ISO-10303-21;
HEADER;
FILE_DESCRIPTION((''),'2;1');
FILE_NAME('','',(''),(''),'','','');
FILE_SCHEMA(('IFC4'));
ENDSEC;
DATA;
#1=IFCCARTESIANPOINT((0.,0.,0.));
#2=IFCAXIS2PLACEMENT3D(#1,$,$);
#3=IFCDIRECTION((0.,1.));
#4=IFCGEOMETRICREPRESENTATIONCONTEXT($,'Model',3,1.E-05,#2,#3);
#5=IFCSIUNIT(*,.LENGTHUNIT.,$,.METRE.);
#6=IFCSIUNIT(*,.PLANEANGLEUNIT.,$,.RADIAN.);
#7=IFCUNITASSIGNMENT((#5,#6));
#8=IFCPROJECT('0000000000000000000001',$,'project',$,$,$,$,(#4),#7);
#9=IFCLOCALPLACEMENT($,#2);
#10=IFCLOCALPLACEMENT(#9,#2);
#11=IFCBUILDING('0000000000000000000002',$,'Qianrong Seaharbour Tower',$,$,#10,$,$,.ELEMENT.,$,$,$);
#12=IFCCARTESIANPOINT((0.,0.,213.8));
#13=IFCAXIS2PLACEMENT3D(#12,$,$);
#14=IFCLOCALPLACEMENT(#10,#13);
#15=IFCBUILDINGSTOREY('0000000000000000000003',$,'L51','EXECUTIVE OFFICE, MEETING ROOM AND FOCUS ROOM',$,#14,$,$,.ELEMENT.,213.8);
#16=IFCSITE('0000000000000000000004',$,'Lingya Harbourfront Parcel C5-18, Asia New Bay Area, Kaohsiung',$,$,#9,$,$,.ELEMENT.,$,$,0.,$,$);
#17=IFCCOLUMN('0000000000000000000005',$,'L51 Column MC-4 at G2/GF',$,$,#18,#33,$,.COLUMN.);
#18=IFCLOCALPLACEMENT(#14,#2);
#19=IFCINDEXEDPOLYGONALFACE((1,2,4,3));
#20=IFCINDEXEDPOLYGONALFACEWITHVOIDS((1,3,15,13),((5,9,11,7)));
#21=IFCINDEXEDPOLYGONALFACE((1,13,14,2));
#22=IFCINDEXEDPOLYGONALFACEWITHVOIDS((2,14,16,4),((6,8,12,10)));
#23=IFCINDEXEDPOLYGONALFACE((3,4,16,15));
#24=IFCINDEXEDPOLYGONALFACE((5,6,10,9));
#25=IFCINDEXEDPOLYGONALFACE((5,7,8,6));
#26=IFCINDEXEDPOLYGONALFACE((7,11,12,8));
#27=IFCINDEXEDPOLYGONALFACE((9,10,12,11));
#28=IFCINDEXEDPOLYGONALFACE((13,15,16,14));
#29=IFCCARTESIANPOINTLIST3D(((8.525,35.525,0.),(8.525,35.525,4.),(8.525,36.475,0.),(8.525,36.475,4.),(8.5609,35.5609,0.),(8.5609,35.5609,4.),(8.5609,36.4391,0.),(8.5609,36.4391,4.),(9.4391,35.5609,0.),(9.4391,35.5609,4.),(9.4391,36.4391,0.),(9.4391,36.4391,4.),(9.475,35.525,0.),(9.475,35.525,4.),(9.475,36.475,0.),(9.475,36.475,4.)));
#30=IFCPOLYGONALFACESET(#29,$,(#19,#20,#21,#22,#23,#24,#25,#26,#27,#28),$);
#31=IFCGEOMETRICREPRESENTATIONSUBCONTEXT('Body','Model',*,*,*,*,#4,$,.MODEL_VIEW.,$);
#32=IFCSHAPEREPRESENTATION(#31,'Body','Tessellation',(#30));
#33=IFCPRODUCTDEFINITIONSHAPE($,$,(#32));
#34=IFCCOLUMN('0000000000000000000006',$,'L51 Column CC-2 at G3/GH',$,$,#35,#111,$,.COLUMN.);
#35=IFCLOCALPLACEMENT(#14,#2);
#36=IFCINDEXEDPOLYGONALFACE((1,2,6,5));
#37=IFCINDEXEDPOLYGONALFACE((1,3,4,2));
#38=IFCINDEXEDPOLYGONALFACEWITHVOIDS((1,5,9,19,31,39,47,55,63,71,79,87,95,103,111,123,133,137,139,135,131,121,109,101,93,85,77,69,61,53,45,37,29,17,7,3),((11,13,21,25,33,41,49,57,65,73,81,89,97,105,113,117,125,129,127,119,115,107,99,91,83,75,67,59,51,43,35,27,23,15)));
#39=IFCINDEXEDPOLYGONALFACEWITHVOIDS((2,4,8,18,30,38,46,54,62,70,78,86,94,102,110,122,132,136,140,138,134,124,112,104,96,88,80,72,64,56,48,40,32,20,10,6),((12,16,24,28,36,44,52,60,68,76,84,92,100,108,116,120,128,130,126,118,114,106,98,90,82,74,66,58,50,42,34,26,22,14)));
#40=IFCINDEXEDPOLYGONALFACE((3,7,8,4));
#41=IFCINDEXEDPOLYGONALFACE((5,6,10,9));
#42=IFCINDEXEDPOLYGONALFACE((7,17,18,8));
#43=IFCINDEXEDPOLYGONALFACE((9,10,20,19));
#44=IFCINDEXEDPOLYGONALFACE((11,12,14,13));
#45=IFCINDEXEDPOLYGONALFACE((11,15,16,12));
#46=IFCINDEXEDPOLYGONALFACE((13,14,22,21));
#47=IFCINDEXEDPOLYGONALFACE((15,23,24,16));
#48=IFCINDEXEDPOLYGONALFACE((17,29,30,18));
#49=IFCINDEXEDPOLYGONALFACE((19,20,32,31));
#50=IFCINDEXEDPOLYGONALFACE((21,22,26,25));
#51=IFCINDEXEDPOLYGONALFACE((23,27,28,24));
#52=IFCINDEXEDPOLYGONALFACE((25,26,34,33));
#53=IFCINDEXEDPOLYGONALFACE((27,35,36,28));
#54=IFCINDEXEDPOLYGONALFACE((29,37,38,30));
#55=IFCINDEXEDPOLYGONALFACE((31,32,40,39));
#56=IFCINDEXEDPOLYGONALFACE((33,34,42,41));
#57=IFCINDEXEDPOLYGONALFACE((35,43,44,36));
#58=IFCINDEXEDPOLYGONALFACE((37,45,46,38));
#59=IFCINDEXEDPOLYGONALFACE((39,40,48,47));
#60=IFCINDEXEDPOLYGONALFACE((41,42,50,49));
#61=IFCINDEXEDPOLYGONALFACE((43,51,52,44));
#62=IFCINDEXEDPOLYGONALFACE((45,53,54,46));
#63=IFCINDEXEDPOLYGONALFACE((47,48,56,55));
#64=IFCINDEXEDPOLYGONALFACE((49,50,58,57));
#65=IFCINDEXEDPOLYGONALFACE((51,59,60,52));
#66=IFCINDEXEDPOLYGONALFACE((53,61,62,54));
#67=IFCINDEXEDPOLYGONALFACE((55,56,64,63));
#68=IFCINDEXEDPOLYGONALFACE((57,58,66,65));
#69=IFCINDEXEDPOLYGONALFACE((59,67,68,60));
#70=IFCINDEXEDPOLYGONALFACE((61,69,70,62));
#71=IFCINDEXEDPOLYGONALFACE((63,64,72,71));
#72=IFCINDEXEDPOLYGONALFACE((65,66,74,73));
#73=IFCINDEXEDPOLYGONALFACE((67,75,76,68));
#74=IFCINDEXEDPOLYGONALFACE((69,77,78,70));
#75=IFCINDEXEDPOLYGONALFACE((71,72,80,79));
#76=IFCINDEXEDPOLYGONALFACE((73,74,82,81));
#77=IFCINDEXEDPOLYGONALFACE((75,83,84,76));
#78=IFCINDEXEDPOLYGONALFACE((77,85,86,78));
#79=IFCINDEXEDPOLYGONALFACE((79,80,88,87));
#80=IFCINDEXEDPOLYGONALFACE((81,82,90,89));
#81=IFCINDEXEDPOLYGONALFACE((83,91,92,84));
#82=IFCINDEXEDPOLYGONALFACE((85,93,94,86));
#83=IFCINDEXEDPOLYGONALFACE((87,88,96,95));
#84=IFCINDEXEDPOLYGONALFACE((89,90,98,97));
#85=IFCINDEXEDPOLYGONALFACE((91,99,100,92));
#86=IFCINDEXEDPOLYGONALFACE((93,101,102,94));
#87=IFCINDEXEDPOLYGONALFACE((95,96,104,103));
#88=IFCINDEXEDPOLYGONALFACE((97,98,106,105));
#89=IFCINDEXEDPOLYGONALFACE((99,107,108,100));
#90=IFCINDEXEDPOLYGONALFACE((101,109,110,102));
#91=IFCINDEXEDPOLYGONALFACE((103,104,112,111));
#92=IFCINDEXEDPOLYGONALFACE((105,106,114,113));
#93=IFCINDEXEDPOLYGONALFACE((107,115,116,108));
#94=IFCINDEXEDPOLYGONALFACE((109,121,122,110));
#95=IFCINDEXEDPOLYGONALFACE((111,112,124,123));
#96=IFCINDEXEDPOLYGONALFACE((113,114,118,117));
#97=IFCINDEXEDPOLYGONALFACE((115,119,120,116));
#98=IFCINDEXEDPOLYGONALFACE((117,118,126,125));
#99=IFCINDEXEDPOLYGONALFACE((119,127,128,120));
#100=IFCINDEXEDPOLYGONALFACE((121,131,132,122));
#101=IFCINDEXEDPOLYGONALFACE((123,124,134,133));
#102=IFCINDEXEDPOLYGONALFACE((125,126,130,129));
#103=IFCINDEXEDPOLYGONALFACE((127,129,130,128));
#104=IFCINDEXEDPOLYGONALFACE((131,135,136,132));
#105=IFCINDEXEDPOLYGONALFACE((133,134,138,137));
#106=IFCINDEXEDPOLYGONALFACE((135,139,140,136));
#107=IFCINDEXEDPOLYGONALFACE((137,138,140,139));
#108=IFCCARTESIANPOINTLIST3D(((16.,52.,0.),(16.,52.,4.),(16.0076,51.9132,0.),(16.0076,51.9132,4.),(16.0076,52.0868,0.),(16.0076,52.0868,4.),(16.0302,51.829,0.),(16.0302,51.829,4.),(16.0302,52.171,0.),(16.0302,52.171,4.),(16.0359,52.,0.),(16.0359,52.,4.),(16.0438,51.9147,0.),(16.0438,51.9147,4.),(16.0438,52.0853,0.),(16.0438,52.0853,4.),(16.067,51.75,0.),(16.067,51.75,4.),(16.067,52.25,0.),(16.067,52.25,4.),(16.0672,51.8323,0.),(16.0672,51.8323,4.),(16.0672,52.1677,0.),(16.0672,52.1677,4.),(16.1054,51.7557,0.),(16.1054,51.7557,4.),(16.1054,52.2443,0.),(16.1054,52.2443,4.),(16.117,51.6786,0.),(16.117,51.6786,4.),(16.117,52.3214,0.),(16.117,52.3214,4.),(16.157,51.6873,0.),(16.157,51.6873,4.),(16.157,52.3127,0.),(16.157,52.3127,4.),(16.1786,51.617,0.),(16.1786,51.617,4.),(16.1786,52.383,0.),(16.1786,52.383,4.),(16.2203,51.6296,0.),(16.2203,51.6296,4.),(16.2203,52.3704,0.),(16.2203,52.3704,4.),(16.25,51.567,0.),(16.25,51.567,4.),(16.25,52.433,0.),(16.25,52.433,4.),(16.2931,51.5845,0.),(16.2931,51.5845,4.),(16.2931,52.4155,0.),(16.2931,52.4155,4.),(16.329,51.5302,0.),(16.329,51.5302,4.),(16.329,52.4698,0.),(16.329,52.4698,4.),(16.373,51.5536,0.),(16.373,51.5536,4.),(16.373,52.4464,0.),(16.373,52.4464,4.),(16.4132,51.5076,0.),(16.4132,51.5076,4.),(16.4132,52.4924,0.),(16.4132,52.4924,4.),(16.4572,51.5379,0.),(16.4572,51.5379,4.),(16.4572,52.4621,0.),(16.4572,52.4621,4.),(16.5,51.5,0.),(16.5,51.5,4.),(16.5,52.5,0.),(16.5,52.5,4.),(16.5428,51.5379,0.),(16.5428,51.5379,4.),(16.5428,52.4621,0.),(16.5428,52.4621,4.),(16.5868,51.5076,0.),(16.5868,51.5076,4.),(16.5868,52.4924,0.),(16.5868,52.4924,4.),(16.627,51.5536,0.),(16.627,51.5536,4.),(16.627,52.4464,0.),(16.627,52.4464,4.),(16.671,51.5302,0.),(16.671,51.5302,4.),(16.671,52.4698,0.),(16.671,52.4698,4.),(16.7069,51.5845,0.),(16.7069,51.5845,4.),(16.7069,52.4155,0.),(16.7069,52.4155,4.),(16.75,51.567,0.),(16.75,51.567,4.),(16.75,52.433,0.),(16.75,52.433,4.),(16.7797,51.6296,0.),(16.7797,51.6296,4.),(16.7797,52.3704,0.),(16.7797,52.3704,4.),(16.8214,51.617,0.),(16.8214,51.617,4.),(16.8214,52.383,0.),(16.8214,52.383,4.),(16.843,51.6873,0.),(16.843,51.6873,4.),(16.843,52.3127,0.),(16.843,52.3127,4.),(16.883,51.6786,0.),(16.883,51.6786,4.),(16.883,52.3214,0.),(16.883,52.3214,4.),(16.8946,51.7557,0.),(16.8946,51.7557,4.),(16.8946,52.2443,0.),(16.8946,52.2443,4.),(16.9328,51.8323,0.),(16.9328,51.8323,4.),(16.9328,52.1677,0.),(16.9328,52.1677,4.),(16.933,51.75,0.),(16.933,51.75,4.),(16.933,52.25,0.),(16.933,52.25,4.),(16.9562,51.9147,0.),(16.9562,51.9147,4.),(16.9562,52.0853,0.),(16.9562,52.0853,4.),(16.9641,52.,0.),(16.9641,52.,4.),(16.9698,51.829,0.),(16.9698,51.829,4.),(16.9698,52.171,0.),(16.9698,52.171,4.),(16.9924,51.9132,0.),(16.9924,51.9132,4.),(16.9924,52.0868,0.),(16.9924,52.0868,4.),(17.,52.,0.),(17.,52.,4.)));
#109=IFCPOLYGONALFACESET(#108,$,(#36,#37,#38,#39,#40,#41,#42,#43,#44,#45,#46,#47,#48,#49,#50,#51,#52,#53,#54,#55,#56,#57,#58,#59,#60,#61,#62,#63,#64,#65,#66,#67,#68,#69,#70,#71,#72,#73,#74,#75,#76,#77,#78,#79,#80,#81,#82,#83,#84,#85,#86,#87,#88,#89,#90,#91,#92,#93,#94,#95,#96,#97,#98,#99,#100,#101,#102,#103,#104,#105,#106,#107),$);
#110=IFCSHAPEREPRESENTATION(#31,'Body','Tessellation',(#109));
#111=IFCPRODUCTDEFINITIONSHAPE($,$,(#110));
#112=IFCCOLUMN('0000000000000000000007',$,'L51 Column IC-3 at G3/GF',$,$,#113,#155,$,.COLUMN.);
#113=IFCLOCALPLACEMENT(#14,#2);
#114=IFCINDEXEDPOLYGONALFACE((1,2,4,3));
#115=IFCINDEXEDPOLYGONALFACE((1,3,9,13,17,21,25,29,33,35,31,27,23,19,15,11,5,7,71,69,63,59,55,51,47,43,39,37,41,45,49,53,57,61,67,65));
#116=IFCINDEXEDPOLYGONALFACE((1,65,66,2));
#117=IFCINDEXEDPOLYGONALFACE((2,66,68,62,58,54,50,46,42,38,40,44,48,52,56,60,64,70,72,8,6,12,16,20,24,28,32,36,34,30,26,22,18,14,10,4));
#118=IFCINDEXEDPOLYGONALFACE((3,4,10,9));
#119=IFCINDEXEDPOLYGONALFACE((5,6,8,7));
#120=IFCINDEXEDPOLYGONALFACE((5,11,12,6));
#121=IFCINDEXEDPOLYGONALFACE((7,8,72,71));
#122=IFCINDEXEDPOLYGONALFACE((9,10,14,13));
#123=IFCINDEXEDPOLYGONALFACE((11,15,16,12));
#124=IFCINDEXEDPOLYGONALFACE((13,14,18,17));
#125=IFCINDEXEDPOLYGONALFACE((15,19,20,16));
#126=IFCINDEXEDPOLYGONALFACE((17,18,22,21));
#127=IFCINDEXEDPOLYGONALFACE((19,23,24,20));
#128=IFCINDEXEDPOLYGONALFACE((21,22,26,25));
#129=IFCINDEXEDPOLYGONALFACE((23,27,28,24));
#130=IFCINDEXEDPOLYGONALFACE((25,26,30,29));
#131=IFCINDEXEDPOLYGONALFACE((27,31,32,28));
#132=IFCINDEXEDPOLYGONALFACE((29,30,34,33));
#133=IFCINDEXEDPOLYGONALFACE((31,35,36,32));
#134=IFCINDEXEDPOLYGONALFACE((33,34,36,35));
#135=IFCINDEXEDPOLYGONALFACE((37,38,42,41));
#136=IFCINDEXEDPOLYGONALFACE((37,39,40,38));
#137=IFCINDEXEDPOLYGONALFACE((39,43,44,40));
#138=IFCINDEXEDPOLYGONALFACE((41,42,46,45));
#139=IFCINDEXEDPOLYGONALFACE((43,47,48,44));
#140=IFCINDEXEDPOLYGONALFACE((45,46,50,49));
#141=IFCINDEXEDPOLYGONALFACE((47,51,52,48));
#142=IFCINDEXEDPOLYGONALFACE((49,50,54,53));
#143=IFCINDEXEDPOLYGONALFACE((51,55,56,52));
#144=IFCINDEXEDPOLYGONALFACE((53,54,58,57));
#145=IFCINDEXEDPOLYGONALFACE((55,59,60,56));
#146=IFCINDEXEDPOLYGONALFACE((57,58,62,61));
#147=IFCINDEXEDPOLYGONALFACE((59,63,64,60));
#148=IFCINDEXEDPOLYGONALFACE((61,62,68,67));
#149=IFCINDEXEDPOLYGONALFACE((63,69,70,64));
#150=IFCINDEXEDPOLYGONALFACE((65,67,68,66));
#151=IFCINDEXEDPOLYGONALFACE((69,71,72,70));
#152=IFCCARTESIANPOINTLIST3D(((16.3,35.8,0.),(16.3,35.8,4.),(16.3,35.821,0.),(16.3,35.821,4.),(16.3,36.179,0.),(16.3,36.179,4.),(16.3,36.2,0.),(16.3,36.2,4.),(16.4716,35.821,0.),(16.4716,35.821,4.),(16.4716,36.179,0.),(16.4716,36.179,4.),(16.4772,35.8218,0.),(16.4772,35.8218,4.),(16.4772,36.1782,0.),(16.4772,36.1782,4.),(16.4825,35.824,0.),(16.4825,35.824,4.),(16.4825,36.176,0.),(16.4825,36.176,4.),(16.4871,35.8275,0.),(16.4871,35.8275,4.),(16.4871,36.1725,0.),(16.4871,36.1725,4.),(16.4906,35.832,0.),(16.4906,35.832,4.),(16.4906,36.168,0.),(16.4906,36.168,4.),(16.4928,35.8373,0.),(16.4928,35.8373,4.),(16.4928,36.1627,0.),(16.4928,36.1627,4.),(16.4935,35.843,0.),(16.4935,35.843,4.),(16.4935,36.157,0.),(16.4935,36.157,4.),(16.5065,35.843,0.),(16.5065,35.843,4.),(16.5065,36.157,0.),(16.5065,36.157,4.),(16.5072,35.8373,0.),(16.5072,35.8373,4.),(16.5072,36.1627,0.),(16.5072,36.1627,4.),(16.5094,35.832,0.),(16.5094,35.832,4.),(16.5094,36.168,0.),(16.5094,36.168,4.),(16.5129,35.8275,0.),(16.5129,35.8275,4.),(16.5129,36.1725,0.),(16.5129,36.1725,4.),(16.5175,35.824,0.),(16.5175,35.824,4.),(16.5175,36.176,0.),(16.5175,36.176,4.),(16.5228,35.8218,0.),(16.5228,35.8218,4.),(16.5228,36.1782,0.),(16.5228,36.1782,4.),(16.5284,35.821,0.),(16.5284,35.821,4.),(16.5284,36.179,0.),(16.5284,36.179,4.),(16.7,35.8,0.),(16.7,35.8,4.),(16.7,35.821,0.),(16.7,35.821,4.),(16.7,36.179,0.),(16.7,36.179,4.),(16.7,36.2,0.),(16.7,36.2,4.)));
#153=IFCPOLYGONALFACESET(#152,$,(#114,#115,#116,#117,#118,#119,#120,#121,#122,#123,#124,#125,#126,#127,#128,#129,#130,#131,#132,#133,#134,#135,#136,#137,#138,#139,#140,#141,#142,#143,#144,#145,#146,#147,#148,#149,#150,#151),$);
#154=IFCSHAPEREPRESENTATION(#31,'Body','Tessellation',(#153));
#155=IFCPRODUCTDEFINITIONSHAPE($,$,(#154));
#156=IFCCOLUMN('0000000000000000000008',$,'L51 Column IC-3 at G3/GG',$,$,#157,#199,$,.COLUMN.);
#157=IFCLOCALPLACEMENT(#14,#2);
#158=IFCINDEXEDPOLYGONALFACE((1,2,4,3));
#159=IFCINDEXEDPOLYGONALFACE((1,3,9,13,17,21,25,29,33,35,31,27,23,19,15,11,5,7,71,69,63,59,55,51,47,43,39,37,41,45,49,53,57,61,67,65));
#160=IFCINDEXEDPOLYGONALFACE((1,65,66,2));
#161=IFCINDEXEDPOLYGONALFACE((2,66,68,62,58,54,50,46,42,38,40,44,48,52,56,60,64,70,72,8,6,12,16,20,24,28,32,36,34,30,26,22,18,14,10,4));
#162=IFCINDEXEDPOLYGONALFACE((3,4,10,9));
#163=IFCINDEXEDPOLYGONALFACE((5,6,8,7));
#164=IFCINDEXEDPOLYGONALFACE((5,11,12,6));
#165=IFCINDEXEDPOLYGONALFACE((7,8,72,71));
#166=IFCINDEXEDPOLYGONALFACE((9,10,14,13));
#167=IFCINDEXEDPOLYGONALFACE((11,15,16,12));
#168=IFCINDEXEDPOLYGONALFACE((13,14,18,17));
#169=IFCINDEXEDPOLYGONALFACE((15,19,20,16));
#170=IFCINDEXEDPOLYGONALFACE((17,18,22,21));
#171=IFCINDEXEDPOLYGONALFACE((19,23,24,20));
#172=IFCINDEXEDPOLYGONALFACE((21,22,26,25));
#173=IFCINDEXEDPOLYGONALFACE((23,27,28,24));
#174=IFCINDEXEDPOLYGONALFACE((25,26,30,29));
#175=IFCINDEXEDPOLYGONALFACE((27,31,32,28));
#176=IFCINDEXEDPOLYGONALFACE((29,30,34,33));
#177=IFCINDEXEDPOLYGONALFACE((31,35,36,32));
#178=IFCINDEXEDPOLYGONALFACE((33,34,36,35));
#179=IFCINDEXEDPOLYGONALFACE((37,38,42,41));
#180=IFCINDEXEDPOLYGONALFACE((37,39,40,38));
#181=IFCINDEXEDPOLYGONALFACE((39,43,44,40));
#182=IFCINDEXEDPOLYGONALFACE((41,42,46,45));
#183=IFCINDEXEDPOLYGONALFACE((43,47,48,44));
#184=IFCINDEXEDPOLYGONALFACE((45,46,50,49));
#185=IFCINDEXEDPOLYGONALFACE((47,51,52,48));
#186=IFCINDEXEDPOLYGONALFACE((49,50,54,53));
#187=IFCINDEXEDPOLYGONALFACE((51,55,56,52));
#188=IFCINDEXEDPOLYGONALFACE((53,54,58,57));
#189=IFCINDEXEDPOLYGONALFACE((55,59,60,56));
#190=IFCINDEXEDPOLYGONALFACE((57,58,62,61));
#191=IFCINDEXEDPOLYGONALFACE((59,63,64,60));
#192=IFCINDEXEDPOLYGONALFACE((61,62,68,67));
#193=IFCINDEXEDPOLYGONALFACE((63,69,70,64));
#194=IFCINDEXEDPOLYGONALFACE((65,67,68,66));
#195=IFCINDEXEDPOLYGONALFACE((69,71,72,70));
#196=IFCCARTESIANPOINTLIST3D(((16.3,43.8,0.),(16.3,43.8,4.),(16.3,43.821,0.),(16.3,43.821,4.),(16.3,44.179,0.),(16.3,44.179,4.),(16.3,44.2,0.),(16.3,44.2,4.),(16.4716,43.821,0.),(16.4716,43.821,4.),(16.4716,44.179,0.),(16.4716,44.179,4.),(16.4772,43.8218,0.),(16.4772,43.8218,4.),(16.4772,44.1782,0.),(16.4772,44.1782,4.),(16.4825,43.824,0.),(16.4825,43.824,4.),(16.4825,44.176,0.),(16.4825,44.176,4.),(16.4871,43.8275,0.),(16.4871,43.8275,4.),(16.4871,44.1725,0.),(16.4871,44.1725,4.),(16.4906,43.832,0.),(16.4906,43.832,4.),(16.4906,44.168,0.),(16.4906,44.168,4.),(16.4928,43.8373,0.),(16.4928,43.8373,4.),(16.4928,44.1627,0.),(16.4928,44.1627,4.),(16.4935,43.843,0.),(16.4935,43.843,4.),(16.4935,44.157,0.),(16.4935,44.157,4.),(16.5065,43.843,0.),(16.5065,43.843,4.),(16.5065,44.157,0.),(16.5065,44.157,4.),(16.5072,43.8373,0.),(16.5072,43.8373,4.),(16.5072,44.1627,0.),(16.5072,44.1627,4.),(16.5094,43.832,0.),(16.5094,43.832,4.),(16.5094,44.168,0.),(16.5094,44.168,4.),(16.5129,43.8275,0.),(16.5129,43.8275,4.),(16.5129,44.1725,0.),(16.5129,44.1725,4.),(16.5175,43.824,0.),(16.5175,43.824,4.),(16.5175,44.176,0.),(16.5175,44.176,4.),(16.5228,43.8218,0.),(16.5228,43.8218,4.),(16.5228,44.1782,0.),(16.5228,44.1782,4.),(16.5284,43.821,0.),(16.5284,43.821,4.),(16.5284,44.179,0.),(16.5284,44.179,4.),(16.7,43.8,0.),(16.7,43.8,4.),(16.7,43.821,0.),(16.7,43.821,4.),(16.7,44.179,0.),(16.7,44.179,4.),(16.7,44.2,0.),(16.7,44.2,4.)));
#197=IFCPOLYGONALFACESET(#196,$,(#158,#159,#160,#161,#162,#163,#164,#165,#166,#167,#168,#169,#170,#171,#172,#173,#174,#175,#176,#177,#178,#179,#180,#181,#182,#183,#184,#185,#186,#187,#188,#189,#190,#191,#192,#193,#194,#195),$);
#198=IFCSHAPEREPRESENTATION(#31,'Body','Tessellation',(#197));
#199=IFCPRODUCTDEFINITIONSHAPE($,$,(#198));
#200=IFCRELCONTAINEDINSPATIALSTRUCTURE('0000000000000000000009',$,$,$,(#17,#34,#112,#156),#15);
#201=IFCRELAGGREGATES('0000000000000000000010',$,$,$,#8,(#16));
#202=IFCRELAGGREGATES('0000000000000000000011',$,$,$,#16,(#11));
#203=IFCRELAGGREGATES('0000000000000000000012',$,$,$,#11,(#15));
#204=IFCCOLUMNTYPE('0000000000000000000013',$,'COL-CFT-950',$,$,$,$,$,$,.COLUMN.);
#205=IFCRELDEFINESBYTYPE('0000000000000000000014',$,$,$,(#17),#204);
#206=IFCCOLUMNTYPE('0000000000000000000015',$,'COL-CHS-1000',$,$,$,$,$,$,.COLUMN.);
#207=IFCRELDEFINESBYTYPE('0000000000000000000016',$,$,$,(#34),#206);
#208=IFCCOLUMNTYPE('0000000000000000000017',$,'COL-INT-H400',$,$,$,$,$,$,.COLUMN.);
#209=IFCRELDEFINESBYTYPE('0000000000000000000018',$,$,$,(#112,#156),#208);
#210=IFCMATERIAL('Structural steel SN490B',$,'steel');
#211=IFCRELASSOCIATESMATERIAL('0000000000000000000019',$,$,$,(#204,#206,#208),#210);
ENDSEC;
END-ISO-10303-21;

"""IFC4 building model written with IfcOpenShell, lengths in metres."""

from ifc_helpers import new_model, si_unit, direction, frame, origin, origin_2d, place, context, subcontext, project, spatial, hollow_rectangle, hollow_circle, i_section, extrude, material, material_profile, profile_set, type_object, element, save


model = new_model("IFC4")

# Units and contexts
model_context = context("Model", 3, precision=1e-05, world=origin(), true_north=direction((0.0, 1.0)))
body_context = subcontext(model_context, "Body", "Model", "MODEL_VIEW")
ifc_project = project(units=[si_unit("LENGTHUNIT", "METRE"), si_unit("PLANEANGLEUNIT", "RADIAN")], contexts=[model_context])

# Site, building, storey
site_placement = place(None, origin())
site = spatial("IfcSite", under=ifc_project, at=site_placement, Name="Lingya Harbourfront Parcel C5-18, Asia New Bay Area, Kaohsiung", CompositionType="ELEMENT", RefElevation=0.0)
building_placement = place(site_placement, origin())
building = spatial("IfcBuilding", under=site, at=building_placement, Name="Qianrong Seaharbour Tower", CompositionType="ELEMENT")
storey_placement = place(building_placement, frame((0.0, 0.0, 213.8)))
storey = spatial("IfcBuildingStorey", under=building, at=storey_placement, Name="L51", Description="EXECUTIVE OFFICE, MEETING ROOM AND FOCUS ROOM", CompositionType="ELEMENT", Elevation=213.8)

# Columns
ifc_material_1 = material(Name="Structural steel SN490B", Category="steel")
ifc_material_profile_1 = material_profile(ifc_material_1, hollow_rectangle(XDim=0.95, YDim=0.95, WallThickness=0.0359, at=origin_2d()), Name="BOX950x950x36")
ifc_profile_set_1 = profile_set([ifc_material_profile_1], Name="Structural steel SN490B")
column_type_1 = type_object("IfcColumnType", Name="COL-CFT-950", PredefinedType="COLUMN", material=ifc_profile_set_1)
column_1_placement = place(storey_placement, frame((9.0, 36.0, 0.0), z_axis=(0.0, 0.0, 1.0), x_axis=(1.0, 0.0, 0.0)))
element("IfcColumn", 1, at=column_1_placement, inside=storey, type_object=column_type_1, Name="L51 Column MC-4 at G2/GF", PredefinedType="COLUMN", context=body_context, shape_type="SweptSolid", body=[
    extrude(hollow_rectangle(XDim=0.95, YDim=0.95, WallThickness=0.0359, at=origin_2d()), origin(), (0.0, 0.0, 1.0), 4.0),
])
ifc_material_profile_2 = material_profile(ifc_material_1, hollow_circle(Radius=0.5, WallThickness=0.0359, at=origin_2d()), Name="CHS1000x36")
ifc_profile_set_2 = profile_set([ifc_material_profile_2], Name="Structural steel SN490B")
column_type_2 = type_object("IfcColumnType", Name="COL-CHS-1000", PredefinedType="COLUMN", material=ifc_profile_set_2)
column_2_placement = place(storey_placement, frame((16.5, 52.0, 0.0), z_axis=(0.0, 0.0, 1.0), x_axis=(1.0, 0.0, 0.0)))
element("IfcColumn", 2, at=column_2_placement, inside=storey, type_object=column_type_2, Name="L51 Column CC-2 at G3/GH", PredefinedType="COLUMN", context=body_context, shape_type="SweptSolid", body=[
    extrude(hollow_circle(Radius=0.5, WallThickness=0.0359, at=origin_2d()), origin(), (0.0, 0.0, 1.0), 4.0),
])
ifc_material_profile_3 = material_profile(ifc_material_1, i_section(OverallWidth=0.3999, OverallDepth=0.3999, WebThickness=0.0129, FlangeThickness=0.021, FilletRadius=0.022, at=origin_2d()), Name="H400x400x13x21")
ifc_profile_set_3 = profile_set([ifc_material_profile_3], Name="Structural steel SN490B")
column_type_3 = type_object("IfcColumnType", Name="COL-INT-H400", PredefinedType="COLUMN", material=ifc_profile_set_3)
for number, where, z_axis, x_axis, name in (
    (3, (16.5, 36.0, 0.0), (0.0, 0.0, 1.0), (1.0, 0.0, 0.0), "L51 Column IC-3 at G3/GF"),
    (4, (16.5, 44.0, 0.0), (0.0, 0.0, 1.0), (1.0, 0.0, 0.0), "L51 Column IC-3 at G3/GG"),
):
    element("IfcColumn", number, at=place(storey_placement, frame(where, z_axis=z_axis, x_axis=x_axis)), inside=storey, type_object=column_type_3, Name=name, PredefinedType="COLUMN", context=body_context, shape_type="SweptSolid", body=[
        extrude(i_section(OverallWidth=0.3999, OverallDepth=0.3999, WebThickness=0.0129, FlangeThickness=0.021, FilletRadius=0.022, at=origin_2d()), origin(), (0.0, 0.0, 1.0), 4.0),
    ])

save(model, "model.ifc")
